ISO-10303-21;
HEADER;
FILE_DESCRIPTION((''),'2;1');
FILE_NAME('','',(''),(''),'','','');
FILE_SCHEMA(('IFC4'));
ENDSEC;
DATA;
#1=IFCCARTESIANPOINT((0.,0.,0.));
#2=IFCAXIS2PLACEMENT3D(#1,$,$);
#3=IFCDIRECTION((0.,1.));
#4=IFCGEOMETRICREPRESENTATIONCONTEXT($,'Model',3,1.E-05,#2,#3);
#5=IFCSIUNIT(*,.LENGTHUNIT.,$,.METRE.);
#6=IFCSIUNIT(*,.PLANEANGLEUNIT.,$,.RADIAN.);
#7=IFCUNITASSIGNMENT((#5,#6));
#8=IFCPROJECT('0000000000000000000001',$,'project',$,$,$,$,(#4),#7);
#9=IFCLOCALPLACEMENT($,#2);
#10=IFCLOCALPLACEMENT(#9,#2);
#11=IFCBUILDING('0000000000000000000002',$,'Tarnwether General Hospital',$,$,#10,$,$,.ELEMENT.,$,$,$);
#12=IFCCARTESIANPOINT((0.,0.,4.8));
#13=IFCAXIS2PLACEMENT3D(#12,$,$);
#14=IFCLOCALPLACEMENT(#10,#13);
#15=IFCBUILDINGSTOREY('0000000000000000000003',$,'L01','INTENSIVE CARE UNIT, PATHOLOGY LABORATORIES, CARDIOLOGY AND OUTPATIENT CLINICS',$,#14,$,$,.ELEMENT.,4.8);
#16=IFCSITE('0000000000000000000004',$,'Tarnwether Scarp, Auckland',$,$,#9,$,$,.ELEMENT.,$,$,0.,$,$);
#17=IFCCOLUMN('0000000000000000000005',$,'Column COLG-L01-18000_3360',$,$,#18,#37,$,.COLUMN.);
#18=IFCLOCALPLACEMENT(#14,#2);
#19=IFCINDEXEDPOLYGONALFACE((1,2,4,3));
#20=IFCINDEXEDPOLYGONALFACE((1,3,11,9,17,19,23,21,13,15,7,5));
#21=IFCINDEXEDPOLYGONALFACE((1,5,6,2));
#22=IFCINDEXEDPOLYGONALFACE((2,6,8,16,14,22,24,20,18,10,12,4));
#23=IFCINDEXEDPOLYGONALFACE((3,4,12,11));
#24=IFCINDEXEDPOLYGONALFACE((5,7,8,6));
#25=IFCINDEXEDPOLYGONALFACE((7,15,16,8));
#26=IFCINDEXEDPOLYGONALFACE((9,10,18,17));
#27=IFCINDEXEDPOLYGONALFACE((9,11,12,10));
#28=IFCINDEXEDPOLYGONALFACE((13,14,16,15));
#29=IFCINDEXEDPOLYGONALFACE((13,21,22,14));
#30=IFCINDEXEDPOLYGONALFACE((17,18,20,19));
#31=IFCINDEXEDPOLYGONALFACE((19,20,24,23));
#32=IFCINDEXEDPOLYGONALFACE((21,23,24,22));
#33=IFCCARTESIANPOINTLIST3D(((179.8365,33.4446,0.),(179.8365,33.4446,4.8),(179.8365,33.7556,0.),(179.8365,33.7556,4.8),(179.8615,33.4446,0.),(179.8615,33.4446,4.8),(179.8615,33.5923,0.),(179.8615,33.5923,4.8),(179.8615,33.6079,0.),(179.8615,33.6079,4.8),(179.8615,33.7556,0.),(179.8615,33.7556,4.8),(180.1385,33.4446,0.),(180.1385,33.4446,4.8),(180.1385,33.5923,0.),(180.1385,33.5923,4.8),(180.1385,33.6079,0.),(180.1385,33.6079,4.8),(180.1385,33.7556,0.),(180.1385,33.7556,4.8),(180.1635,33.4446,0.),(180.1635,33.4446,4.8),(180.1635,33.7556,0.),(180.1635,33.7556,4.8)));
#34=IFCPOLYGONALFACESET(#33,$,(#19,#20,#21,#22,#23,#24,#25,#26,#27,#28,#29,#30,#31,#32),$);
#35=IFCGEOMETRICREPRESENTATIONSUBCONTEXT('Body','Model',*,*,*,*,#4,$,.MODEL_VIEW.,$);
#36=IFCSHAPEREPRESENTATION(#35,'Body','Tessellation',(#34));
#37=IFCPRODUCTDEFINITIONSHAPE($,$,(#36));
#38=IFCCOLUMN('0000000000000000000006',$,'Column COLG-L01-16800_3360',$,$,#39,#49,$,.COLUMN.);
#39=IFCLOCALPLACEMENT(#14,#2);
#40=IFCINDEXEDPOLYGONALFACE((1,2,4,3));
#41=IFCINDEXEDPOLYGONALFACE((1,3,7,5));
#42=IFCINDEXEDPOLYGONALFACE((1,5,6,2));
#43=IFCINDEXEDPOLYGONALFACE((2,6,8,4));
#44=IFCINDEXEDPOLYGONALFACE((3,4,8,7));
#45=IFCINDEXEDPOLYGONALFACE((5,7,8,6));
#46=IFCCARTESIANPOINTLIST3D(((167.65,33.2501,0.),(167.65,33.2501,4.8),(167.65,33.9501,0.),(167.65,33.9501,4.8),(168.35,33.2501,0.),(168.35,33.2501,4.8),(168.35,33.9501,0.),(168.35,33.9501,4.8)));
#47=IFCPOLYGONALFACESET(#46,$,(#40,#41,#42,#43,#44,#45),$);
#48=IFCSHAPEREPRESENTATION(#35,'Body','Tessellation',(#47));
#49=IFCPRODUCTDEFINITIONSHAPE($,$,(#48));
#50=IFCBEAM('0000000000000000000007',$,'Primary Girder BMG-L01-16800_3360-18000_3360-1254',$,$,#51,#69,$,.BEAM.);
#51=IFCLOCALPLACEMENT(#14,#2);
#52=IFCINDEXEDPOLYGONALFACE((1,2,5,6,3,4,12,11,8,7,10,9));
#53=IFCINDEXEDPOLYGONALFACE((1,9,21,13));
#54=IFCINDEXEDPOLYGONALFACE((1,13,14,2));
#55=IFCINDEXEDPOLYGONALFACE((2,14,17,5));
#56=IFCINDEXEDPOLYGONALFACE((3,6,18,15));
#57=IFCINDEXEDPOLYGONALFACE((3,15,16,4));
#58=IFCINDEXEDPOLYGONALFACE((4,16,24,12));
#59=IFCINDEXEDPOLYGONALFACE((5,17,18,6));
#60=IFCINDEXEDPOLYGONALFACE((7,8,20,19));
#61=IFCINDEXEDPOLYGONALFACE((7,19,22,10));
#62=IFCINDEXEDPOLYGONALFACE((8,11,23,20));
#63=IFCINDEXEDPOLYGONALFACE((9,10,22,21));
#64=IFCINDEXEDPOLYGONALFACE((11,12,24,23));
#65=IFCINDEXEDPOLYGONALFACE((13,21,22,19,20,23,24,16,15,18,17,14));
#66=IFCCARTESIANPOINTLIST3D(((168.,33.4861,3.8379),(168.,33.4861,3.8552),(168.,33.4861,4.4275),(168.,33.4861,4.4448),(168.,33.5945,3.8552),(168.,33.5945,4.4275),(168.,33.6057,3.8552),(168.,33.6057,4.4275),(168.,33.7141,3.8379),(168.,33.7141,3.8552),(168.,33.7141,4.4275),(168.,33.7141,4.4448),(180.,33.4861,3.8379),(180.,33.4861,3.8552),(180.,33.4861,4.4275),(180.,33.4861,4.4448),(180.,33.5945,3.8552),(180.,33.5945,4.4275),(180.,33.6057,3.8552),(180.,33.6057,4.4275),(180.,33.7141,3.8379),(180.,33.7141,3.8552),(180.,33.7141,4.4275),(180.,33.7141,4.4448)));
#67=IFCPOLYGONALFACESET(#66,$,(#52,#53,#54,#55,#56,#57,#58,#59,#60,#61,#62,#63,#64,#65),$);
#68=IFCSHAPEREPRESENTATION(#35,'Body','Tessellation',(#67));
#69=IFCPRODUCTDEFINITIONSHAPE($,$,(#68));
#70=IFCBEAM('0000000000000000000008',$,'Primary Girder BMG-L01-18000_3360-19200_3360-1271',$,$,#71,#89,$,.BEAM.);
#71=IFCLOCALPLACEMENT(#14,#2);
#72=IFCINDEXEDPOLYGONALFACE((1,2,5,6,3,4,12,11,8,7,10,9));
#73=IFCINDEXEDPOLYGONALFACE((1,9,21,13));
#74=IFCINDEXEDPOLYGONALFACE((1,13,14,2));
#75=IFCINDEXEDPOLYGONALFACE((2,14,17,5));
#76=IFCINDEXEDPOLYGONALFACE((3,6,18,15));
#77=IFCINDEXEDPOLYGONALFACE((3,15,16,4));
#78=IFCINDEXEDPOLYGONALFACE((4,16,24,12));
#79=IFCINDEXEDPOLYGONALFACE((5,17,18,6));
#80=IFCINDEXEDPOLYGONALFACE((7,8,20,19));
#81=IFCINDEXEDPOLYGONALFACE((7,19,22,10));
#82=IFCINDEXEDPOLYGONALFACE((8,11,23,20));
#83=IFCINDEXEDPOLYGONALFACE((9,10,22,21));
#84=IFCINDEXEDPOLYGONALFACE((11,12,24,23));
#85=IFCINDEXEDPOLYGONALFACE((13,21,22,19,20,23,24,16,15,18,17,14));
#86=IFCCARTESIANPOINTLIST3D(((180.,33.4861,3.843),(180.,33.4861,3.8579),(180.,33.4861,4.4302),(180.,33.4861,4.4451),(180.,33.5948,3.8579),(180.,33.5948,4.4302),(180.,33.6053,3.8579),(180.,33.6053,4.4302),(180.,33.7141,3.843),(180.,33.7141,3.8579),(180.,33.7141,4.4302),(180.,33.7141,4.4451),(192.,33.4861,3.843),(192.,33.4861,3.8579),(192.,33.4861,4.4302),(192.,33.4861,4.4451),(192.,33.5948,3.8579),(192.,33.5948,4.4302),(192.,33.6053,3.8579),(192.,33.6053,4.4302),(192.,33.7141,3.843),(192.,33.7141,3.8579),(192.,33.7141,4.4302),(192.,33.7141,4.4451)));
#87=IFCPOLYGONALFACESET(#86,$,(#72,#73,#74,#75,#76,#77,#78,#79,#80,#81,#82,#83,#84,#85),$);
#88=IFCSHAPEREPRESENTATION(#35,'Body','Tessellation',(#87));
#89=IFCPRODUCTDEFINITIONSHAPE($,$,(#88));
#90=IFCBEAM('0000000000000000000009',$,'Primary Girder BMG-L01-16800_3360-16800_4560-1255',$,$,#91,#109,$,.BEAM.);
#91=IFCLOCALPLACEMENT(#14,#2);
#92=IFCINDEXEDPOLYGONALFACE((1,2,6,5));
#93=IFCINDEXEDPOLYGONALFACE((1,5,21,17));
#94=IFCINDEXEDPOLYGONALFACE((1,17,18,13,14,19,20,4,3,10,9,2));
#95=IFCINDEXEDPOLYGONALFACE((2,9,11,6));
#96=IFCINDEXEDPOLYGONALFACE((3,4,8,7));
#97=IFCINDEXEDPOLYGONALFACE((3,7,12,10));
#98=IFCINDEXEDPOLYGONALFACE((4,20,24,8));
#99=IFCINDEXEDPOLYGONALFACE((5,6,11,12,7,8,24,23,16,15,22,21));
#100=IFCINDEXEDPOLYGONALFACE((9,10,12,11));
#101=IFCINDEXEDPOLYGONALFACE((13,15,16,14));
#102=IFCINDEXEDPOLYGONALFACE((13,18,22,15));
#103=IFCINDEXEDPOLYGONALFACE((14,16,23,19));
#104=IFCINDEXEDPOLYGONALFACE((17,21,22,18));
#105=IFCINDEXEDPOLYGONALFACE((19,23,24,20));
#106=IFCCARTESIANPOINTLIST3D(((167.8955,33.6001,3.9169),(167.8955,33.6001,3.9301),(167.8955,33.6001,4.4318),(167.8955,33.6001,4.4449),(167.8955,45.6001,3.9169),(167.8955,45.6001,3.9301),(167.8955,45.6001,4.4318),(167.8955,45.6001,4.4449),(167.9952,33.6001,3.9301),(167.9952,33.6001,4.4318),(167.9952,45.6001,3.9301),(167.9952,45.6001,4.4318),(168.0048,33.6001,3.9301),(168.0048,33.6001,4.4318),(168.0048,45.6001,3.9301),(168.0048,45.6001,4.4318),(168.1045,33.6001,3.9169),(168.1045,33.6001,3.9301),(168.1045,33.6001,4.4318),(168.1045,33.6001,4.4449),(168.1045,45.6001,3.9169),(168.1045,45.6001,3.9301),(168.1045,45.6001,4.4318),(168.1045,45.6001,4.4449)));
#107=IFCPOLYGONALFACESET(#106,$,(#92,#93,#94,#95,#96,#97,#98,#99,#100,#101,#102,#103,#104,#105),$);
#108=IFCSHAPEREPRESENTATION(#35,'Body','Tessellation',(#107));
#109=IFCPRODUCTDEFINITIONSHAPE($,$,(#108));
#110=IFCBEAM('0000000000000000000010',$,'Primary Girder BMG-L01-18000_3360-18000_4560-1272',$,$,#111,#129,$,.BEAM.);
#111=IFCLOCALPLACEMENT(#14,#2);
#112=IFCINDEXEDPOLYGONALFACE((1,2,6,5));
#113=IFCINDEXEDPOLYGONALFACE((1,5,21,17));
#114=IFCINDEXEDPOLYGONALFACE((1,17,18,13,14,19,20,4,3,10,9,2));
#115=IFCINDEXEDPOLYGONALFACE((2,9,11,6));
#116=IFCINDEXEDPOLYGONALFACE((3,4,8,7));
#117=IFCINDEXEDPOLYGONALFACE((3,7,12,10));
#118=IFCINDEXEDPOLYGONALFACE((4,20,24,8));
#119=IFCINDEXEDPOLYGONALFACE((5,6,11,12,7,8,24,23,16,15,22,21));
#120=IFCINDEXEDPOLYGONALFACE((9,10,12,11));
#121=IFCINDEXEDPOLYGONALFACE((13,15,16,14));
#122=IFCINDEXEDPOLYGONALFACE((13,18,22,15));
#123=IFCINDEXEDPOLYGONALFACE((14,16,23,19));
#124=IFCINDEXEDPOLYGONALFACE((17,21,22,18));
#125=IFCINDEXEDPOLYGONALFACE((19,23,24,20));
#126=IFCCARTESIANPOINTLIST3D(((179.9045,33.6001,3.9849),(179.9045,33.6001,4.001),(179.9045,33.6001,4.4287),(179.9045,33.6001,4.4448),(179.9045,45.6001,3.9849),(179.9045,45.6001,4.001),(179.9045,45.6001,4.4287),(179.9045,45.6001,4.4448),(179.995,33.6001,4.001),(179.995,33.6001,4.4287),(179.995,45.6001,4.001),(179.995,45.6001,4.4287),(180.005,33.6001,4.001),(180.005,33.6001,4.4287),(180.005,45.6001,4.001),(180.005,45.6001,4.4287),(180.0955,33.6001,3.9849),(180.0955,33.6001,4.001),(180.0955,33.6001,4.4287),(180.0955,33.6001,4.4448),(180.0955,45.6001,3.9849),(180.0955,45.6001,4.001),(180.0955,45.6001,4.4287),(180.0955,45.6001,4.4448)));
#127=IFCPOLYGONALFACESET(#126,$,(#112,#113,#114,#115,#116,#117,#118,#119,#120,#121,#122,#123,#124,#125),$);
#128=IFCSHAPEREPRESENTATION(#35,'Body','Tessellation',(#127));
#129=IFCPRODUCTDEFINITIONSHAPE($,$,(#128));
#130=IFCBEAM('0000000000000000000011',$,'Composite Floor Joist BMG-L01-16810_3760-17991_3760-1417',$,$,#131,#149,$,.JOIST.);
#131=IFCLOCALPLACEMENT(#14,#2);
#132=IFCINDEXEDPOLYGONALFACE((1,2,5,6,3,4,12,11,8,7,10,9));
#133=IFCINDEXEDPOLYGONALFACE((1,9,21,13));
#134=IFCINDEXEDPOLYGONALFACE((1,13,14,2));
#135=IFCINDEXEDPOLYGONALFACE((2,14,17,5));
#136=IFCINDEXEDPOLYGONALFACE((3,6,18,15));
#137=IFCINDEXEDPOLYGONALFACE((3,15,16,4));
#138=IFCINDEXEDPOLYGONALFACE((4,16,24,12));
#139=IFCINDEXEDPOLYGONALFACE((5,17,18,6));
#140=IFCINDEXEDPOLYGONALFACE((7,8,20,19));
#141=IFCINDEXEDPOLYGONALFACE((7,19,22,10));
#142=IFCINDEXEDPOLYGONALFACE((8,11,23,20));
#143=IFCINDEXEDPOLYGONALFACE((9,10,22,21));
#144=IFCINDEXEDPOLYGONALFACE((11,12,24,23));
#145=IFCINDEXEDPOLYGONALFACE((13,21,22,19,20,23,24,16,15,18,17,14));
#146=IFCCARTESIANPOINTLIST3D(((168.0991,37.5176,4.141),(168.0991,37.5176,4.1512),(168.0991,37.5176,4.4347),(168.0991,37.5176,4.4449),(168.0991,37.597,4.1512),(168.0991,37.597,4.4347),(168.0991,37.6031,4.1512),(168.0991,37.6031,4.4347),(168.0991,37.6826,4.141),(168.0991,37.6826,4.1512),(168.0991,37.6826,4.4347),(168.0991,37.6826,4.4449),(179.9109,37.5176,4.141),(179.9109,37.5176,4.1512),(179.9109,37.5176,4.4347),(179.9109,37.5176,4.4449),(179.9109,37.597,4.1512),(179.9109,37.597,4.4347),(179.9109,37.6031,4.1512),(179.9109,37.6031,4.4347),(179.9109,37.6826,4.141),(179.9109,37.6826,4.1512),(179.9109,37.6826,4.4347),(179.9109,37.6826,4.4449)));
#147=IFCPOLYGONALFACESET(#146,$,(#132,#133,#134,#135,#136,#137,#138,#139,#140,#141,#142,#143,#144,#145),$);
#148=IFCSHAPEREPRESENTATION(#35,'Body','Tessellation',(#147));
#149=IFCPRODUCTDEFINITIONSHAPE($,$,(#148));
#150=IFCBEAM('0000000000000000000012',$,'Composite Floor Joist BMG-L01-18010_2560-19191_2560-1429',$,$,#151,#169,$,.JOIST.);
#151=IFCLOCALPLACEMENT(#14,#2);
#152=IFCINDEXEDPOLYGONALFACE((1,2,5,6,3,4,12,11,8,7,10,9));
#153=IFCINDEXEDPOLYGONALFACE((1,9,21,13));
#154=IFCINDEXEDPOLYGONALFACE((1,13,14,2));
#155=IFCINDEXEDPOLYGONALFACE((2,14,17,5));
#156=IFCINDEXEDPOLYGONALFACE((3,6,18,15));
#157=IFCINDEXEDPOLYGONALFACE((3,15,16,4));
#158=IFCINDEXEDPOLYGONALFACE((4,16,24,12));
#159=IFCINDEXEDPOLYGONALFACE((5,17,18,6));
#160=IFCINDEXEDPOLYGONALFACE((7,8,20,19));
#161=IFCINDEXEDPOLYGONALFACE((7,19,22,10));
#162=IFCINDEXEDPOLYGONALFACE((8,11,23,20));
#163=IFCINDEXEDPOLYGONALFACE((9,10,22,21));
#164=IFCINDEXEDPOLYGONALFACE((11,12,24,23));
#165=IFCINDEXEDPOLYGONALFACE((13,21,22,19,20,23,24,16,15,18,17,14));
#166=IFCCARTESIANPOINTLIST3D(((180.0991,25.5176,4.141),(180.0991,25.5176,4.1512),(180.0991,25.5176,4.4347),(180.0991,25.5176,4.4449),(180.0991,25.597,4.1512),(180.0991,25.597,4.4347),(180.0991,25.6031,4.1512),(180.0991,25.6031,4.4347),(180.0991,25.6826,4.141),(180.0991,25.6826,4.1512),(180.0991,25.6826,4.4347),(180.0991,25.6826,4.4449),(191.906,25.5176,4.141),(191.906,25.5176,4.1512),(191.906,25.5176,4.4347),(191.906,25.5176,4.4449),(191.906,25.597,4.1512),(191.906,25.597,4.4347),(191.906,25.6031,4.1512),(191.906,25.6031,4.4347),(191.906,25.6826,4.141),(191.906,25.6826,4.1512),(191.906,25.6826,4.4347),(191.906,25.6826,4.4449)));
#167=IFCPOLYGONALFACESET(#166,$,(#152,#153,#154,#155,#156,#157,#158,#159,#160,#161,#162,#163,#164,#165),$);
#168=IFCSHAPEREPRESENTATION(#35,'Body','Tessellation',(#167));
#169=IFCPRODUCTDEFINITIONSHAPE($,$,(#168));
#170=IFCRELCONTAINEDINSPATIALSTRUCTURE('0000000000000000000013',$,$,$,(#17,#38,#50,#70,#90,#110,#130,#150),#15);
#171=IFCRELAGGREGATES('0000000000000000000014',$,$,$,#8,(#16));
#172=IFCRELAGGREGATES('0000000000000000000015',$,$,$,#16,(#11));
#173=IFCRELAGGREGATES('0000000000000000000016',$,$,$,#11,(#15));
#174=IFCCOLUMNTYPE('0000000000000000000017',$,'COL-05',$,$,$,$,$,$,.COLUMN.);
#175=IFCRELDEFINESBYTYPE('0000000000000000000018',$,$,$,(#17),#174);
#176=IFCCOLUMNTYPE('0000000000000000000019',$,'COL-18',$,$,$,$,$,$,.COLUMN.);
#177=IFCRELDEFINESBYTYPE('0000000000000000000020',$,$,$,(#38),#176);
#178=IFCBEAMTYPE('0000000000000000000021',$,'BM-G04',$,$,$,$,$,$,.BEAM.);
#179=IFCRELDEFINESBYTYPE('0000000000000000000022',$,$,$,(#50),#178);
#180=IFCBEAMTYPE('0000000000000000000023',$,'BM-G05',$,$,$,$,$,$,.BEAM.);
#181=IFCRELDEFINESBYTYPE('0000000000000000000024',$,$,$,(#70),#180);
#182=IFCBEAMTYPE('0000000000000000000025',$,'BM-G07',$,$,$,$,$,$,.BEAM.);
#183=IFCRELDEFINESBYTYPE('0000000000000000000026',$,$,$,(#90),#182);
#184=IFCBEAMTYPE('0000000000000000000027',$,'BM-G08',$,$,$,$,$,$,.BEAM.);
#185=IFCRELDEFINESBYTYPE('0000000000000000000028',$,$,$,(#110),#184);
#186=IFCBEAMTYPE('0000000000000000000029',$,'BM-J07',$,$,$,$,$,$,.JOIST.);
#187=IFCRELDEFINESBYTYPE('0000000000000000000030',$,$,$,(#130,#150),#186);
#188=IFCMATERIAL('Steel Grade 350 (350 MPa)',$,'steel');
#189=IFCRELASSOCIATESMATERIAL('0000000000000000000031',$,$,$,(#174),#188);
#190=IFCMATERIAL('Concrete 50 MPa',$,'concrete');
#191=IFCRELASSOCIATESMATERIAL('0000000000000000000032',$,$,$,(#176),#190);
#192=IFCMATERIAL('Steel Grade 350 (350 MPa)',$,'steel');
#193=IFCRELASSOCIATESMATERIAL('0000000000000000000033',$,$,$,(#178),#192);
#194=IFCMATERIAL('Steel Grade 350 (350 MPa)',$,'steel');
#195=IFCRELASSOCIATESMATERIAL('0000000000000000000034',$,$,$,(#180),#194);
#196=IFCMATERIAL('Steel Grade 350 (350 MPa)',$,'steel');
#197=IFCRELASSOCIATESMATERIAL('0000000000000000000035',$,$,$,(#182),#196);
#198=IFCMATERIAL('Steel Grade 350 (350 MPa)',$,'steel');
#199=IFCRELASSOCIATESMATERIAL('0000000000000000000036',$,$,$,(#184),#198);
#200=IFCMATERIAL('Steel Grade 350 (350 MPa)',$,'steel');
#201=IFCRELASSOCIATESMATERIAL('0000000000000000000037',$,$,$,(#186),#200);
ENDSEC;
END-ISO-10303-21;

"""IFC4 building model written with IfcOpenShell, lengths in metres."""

from ifc_helpers import new_model, si_unit, direction, frame, origin, origin_2d, place, context, subcontext, project, spatial, rectangle, i_section, extrude, material, material_profile, profile_set, type_object, element, save


model = new_model("IFC4")

# Units and contexts
model_context = context("Model", 3, precision=1e-05, world=origin(), true_north=direction((0.0, 1.0)))
body_context = subcontext(model_context, "Body", "Model", "MODEL_VIEW")
ifc_project = project(units=[si_unit("LENGTHUNIT", "METRE"), si_unit("PLANEANGLEUNIT", "RADIAN")], contexts=[model_context])

# Site, building, storey
site_placement = place(None, origin())
site = spatial("IfcSite", under=ifc_project, at=site_placement, Name="Tarnwether Scarp, Auckland", CompositionType="ELEMENT", RefElevation=0.0)
building_placement = place(site_placement, origin())
building = spatial("IfcBuilding", under=site, at=building_placement, Name="Tarnwether General Hospital", CompositionType="ELEMENT")
storey_placement = place(building_placement, frame((0.0, 0.0, 4.8)))
storey = spatial("IfcBuildingStorey", under=building, at=storey_placement, Name="L01", Description="INTENSIVE CARE UNIT, PATHOLOGY LABORATORIES, CARDIOLOGY AND OUTPATIENT CLINICS", CompositionType="ELEMENT", Elevation=4.8)

# Columns
ifc_material_1 = material(Name="Steel Grade 350 (350 MPa)", Category="steel")
ifc_material_profile_1 = material_profile(ifc_material_1, i_section(OverallWidth=0.311, OverallDepth=0.3269, WebThickness=0.0156, FlangeThickness=0.0249, at=origin_2d()), Name="310UC158")
ifc_profile_set_1 = profile_set([ifc_material_profile_1], Name="Steel Grade 350 (350 MPa)")
column_type_1 = type_object("IfcColumnType", Name="COL-05", PredefinedType="COLUMN", material=ifc_profile_set_1)
column_1_placement = place(storey_placement, frame((180.0, 33.6001, 0.0), z_axis=(0.0, 0.0, 1.0), x_axis=(0.0, 1.0, 0.0)))
element("IfcColumn", 1, at=column_1_placement, inside=storey, type_object=column_type_1, Name="Column COLG-L01-18000_3360", PredefinedType="COLUMN", context=body_context, shape_type="SweptSolid", body=[
    extrude(i_section(OverallWidth=0.311, OverallDepth=0.3269, WebThickness=0.0156, FlangeThickness=0.0249, at=origin_2d()), origin(), (0.0, 0.0, 1.0), 4.8),
])
ifc_material_2 = material(Name="Concrete 50 MPa", Category="concrete")
ifc_material_profile_2 = material_profile(ifc_material_2, rectangle(XDim=0.7, YDim=0.7, at=origin_2d()), Name="RC-COL-700x700")
ifc_profile_set_2 = profile_set([ifc_material_profile_2], Name="Concrete 50 MPa")
column_type_2 = type_object("IfcColumnType", Name="COL-18", PredefinedType="COLUMN", material=ifc_profile_set_2)
column_2_placement = place(storey_placement, frame((168.0, 33.6001, 0.0), z_axis=(0.0, 0.0, 1.0), x_axis=(1.0, 0.0, 0.0)))
element("IfcColumn", 2, at=column_2_placement, inside=storey, type_object=column_type_2, Name="Column COLG-L01-16800_3360", PredefinedType="COLUMN", context=body_context, shape_type="SweptSolid", body=[
    extrude(rectangle(XDim=0.7, YDim=0.7, at=origin_2d()), origin(), (0.0, 0.0, 1.0), 4.8),
])

# Beams
ifc_material_3 = material(Name="Steel Grade 350 (350 MPa)", Category="steel")
ifc_material_profile_3 = material_profile(ifc_material_3, i_section(OverallWidth=0.228, OverallDepth=0.6069, WebThickness=0.0112, FlangeThickness=0.0173, at=origin_2d()), Name="610UB113")
ifc_profile_set_3 = profile_set([ifc_material_profile_3], Name="Steel Grade 350 (350 MPa)")
beam_type_1 = type_object("IfcBeamType", Name="BM-G04", PredefinedType="BEAM", material=ifc_profile_set_3)
beam_1_placement = place(storey_placement, frame((168.0, 33.6001, 4.1414), z_axis=(1.0, 0.0, 0.0), x_axis=(0.0, 1.0, 0.0)))
element("IfcBeam", 3, at=beam_1_placement, inside=storey, type_object=beam_type_1, Name="Primary Girder BMG-L01-16800_3360-18000_3360-1254", PredefinedType="BEAM", context=body_context, shape_type="SweptSolid", body=[
    extrude(i_section(OverallWidth=0.228, OverallDepth=0.6069, WebThickness=0.0112, FlangeThickness=0.0173, at=origin_2d()), origin(), (0.0, 0.0, 1.0), 12.0),
])
ifc_material_4 = material(Name="Steel Grade 350 (350 MPa)", Category="steel")
ifc_material_profile_4 = material_profile(ifc_material_4, i_section(OverallWidth=0.228, OverallDepth=0.6021, WebThickness=0.0105, FlangeThickness=0.0149, at=origin_2d()), Name="610UB101")
ifc_profile_set_4 = profile_set([ifc_material_profile_4], Name="Steel Grade 350 (350 MPa)")
beam_type_2 = type_object("IfcBeamType", Name="BM-G05", PredefinedType="BEAM", material=ifc_profile_set_4)
beam_2_placement = place(storey_placement, frame((180.0, 33.6001, 4.144), z_axis=(1.0, 0.0, 0.0), x_axis=(0.0, 1.0, 0.0)))
element("IfcBeam", 4, at=beam_2_placement, inside=storey, type_object=beam_type_2, Name="Primary Girder BMG-L01-18000_3360-19200_3360-1271", PredefinedType="BEAM", context=body_context, shape_type="SweptSolid", body=[
    extrude(i_section(OverallWidth=0.228, OverallDepth=0.6021, WebThickness=0.0105, FlangeThickness=0.0149, at=origin_2d()), origin(), (0.0, 0.0, 1.0), 12.0),
])
ifc_material_5 = material(Name="Steel Grade 350 (350 MPa)", Category="steel")
ifc_material_profile_5 = material_profile(ifc_material_5, i_section(OverallWidth=0.209, OverallDepth=0.5281, WebThickness=0.0095, FlangeThickness=0.0132, at=origin_2d()), Name="530UB82.0")
ifc_profile_set_5 = profile_set([ifc_material_profile_5], Name="Steel Grade 350 (350 MPa)")
beam_type_3 = type_object("IfcBeamType", Name="BM-G07", PredefinedType="BEAM", material=ifc_profile_set_5)
beam_3_placement = place(storey_placement, frame((168.0, 33.6001, 4.1809), z_axis=(0.0, 1.0, 0.0), x_axis=(-1.0, 0.0, 0.0)))
element("IfcBeam", 5, at=beam_3_placement, inside=storey, type_object=beam_type_3, Name="Primary Girder BMG-L01-16800_3360-16800_4560-1255", PredefinedType="BEAM", context=body_context, shape_type="SweptSolid", body=[
    extrude(i_section(OverallWidth=0.209, OverallDepth=0.5281, WebThickness=0.0095, FlangeThickness=0.0132, at=origin_2d()), origin(), (0.0, 0.0, 1.0), 12.0),
])
ifc_material_6 = material(Name="Steel Grade 350 (350 MPa)", Category="steel")
ifc_material_profile_6 = material_profile(ifc_material_6, i_section(OverallWidth=0.1909, OverallDepth=0.46, WebThickness=0.01, FlangeThickness=0.0161, at=origin_2d()), Name="460UB82.1")
ifc_profile_set_6 = profile_set([ifc_material_profile_6], Name="Steel Grade 350 (350 MPa)")
beam_type_4 = type_object("IfcBeamType", Name="BM-G08", PredefinedType="BEAM", material=ifc_profile_set_6)
beam_4_placement = place(storey_placement, frame((180.0, 33.6001, 4.2148), z_axis=(0.0, 1.0, 0.0), x_axis=(-1.0, 0.0, 0.0)))
element("IfcBeam", 6, at=beam_4_placement, inside=storey, type_object=beam_type_4, Name="Primary Girder BMG-L01-18000_3360-18000_4560-1272", PredefinedType="BEAM", context=body_context, shape_type="SweptSolid", body=[
    extrude(i_section(OverallWidth=0.1909, OverallDepth=0.46, WebThickness=0.01, FlangeThickness=0.0161, at=origin_2d()), origin(), (0.0, 0.0, 1.0), 12.0),
])
ifc_material_7 = material(Name="Steel Grade 350 (350 MPa)", Category="steel")
ifc_material_profile_7 = material_profile(ifc_material_7, i_section(OverallWidth=0.165, OverallDepth=0.304, WebThickness=0.0061, FlangeThickness=0.0103, at=origin_2d()), Name="310UB40.4")
ifc_profile_set_7 = profile_set([ifc_material_profile_7], Name="Steel Grade 350 (350 MPa)")
beam_type_5 = type_object("IfcBeamType", Name="BM-J07", PredefinedType="JOIST", material=ifc_profile_set_7)
beam_5_placement = place(storey_placement, frame((168.0991, 37.6001, 4.293), z_axis=(1.0, 0.0, 0.0), x_axis=(0.0, 1.0, 0.0)))
element("IfcBeam", 7, at=beam_5_placement, inside=storey, type_object=beam_type_5, Name="Composite Floor Joist BMG-L01-16810_3760-17991_3760-1417", PredefinedType="JOIST", context=body_context, shape_type="SweptSolid", body=[
    extrude(i_section(OverallWidth=0.165, OverallDepth=0.304, WebThickness=0.0061, FlangeThickness=0.0103, at=origin_2d()), origin(), (0.0, 0.0, 1.0), 11.8118),
])
beam_6_placement = place(storey_placement, frame((180.0991, 25.6001, 4.293), z_axis=(1.0, 0.0, 0.0), x_axis=(0.0, 1.0, 0.0)))
element("IfcBeam", 8, at=beam_6_placement, inside=storey, type_object=beam_type_5, Name="Composite Floor Joist BMG-L01-18010_2560-19191_2560-1429", PredefinedType="JOIST", context=body_context, shape_type="SweptSolid", body=[
    extrude(i_section(OverallWidth=0.165, OverallDepth=0.304, WebThickness=0.0061, FlangeThickness=0.0103, at=origin_2d()), origin(), (0.0, 0.0, 1.0), 11.8069),
])

save(model, "model.ifc")
